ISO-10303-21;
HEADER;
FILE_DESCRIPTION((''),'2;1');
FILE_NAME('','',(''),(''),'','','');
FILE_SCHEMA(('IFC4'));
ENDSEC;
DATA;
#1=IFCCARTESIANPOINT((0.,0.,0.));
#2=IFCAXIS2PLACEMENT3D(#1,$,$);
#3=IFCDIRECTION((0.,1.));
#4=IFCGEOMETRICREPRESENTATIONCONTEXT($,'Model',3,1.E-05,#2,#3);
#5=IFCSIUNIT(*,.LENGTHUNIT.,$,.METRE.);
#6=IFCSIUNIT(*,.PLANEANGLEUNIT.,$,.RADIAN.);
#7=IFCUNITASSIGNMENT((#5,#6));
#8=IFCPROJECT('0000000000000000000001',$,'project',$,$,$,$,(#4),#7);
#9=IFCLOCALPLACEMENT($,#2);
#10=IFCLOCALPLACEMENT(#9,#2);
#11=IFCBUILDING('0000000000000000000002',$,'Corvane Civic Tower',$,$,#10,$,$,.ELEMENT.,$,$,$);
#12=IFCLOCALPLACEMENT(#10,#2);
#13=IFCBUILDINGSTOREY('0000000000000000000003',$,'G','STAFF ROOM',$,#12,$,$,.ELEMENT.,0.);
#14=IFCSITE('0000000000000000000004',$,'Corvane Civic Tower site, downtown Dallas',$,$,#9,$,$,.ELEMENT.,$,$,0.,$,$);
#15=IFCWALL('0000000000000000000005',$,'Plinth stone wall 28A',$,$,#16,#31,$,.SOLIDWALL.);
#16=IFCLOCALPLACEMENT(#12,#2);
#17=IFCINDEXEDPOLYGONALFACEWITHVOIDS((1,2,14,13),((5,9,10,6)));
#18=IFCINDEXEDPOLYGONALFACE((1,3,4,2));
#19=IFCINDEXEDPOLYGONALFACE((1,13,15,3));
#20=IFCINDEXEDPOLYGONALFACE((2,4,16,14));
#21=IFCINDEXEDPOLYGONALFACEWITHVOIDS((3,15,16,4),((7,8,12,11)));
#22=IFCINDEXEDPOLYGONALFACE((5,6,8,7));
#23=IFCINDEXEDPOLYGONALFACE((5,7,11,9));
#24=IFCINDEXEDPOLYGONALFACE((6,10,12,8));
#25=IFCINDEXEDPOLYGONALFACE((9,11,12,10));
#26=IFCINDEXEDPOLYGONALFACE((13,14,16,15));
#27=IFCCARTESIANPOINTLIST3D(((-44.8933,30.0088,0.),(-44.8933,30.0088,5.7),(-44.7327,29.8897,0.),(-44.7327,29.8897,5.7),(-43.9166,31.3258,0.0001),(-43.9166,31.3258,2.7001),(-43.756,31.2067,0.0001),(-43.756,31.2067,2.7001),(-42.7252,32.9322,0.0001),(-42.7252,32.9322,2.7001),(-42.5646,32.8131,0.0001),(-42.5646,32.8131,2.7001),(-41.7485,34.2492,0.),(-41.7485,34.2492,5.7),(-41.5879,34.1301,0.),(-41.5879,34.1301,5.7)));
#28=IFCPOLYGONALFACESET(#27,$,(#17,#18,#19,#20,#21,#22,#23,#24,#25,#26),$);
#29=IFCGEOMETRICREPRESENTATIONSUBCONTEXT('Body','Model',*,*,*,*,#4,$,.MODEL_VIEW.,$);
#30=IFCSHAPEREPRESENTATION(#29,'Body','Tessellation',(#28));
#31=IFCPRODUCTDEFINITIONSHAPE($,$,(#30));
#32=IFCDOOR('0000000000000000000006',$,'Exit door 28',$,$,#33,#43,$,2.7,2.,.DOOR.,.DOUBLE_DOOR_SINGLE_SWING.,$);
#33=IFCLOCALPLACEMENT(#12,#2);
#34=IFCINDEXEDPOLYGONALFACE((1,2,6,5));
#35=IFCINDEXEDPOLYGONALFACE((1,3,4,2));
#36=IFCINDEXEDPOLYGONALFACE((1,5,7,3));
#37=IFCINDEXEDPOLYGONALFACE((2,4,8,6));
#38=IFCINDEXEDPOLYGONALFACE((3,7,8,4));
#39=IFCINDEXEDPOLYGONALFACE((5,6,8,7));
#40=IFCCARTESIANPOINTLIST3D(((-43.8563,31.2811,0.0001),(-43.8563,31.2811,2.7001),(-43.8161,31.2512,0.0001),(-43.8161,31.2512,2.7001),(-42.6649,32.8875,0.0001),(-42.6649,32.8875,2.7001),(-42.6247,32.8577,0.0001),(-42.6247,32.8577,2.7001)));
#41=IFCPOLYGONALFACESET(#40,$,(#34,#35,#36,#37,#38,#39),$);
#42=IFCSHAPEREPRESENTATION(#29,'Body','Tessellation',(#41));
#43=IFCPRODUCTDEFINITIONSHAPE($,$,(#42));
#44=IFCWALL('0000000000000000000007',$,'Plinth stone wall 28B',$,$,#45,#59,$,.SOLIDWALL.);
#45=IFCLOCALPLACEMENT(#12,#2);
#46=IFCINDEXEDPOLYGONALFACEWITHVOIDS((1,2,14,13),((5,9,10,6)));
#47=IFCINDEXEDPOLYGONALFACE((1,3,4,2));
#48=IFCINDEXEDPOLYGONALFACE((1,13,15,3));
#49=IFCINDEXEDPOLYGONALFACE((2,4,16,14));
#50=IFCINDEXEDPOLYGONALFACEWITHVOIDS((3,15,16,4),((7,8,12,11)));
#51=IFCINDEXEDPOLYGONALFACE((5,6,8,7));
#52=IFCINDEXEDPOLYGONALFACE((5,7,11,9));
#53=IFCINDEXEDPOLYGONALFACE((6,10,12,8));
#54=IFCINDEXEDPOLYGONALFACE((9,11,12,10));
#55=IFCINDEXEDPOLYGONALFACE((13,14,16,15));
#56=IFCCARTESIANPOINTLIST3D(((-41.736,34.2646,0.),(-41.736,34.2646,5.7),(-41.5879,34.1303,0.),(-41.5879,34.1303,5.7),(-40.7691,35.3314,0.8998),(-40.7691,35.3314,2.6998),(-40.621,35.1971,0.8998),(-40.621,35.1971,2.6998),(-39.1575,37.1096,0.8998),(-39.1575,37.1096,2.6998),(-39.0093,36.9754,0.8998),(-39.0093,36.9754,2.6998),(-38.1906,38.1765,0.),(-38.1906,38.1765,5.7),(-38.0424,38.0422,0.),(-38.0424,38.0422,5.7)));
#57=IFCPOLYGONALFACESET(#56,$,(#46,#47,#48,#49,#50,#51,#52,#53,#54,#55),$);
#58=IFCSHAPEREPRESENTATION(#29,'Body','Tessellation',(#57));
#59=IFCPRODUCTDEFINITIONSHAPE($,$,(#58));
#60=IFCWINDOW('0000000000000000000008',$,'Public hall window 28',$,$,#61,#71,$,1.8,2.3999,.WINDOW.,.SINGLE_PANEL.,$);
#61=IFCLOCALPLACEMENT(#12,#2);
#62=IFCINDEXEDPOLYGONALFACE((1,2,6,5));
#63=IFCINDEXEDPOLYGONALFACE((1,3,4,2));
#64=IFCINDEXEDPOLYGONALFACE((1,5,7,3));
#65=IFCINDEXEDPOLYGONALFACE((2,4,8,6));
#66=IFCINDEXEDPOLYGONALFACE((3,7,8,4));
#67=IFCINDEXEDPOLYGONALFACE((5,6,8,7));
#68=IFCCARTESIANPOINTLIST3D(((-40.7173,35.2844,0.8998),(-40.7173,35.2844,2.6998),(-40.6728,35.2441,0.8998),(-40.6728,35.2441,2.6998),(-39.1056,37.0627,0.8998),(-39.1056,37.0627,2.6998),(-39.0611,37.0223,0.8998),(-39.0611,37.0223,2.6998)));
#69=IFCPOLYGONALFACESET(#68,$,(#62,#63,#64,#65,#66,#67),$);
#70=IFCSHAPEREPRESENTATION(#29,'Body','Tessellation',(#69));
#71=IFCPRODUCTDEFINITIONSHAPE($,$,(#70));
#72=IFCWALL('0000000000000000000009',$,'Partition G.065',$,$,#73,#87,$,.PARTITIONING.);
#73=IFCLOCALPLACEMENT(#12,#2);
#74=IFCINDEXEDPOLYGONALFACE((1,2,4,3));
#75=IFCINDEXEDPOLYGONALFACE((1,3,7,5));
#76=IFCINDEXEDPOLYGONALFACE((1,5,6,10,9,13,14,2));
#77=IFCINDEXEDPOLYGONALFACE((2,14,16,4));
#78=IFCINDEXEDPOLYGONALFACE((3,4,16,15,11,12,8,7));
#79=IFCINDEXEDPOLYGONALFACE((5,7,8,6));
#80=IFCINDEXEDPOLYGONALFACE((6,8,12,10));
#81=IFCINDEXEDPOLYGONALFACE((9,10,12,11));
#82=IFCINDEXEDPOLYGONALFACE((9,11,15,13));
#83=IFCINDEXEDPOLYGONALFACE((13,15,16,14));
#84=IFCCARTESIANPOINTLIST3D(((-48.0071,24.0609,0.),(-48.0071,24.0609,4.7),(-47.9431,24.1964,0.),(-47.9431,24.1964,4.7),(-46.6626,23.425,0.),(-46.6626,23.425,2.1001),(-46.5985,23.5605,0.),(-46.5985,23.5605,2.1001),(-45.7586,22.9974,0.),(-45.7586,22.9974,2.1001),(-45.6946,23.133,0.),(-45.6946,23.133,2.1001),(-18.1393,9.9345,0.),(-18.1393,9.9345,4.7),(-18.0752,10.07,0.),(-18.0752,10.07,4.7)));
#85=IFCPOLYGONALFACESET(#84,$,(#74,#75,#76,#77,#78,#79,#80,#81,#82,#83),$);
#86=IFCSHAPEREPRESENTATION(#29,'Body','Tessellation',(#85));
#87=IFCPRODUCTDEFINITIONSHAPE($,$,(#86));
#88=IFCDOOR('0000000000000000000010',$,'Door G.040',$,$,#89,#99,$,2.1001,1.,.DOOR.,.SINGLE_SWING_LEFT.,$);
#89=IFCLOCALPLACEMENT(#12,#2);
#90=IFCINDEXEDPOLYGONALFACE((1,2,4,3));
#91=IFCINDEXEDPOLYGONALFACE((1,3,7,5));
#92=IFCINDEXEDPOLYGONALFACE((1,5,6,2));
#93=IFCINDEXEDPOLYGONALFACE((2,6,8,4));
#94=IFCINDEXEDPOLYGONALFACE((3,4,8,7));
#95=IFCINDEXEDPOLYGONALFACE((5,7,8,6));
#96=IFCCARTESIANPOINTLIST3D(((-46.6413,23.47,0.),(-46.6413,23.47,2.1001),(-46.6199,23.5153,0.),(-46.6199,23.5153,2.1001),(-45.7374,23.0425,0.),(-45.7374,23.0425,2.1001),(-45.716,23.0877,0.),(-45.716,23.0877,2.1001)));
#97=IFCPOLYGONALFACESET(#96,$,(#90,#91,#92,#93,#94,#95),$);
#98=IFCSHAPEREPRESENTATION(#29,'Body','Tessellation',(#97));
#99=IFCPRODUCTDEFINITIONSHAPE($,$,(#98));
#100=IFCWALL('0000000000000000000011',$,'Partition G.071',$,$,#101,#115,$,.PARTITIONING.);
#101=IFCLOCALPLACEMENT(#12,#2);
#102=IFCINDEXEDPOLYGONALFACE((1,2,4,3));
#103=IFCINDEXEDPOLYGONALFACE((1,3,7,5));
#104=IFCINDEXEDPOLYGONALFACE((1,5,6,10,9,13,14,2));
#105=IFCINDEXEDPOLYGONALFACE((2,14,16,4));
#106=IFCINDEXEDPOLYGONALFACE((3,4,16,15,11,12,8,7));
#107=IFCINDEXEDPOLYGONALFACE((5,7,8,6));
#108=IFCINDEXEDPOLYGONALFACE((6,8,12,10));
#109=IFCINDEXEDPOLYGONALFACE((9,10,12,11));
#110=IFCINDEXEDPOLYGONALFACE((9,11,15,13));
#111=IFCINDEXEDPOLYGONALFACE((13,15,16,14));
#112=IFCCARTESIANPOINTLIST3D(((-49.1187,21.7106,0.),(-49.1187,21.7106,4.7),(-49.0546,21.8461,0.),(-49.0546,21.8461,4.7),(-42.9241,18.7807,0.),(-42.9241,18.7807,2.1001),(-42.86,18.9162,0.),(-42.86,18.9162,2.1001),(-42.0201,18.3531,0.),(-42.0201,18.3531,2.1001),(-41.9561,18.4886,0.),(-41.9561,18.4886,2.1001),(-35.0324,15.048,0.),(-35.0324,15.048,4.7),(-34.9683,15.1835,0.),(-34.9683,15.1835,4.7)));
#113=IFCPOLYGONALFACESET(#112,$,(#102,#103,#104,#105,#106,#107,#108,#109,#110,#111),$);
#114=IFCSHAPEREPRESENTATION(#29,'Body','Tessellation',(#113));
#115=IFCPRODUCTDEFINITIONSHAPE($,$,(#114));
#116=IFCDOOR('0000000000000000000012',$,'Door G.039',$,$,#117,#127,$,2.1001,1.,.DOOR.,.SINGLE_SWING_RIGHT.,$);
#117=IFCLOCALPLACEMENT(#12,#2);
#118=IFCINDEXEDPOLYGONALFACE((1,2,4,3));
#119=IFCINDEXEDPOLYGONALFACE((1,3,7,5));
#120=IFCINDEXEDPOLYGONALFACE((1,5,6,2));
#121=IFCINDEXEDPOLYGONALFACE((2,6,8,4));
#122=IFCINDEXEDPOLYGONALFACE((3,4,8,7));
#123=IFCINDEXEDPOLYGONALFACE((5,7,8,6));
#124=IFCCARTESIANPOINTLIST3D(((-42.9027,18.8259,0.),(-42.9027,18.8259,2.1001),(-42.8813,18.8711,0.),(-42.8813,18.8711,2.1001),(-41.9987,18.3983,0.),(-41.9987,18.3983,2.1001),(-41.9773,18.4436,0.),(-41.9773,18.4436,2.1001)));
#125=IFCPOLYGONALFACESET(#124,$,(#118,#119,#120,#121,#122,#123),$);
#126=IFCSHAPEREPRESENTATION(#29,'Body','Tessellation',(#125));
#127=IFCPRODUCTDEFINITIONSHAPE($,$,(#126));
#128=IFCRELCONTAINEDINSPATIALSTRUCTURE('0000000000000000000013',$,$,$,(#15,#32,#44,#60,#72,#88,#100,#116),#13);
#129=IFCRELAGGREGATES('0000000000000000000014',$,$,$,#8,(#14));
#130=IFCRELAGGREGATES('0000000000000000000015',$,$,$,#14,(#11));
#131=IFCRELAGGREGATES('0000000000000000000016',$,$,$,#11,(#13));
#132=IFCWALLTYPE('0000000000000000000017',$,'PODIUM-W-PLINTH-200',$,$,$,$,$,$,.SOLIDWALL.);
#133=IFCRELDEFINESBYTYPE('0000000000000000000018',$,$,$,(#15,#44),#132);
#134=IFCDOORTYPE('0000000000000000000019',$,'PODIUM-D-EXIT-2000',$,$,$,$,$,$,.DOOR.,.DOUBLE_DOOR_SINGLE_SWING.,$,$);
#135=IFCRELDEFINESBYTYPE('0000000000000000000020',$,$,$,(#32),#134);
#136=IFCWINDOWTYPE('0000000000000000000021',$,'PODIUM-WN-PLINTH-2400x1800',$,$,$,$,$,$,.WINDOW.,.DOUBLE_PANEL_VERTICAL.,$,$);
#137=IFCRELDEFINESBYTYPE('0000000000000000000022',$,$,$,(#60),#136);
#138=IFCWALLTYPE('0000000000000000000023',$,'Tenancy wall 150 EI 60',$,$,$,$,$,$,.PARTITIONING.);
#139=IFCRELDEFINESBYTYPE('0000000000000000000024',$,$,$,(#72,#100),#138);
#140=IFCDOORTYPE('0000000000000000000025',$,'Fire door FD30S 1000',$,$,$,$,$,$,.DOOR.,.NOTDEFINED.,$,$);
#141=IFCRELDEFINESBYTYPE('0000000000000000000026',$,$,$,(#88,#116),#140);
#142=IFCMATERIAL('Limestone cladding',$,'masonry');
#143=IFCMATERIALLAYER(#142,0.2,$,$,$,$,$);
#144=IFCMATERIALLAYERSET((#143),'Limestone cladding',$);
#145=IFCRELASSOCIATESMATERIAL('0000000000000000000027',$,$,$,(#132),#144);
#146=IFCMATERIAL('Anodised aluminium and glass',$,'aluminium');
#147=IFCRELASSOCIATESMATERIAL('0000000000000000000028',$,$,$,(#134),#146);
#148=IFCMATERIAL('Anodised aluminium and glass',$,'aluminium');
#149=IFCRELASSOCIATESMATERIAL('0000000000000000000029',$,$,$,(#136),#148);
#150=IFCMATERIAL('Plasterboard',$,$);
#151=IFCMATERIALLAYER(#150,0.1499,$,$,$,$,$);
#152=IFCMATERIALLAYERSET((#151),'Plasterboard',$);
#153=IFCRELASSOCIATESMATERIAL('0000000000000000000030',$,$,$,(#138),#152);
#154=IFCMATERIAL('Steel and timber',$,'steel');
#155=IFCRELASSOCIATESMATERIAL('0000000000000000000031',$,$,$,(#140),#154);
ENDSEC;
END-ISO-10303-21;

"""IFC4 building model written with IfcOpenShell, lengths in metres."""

from ifc_helpers import new_model, si_unit, direction, frame, frame_2d, origin, place, context, subcontext, project, spatial, rectangle, extrude, material, layer, layer_set, type_object, element, fill, save


model = new_model("IFC4")

# Units and contexts
model_context = context("Model", 3, precision=1e-05, world=origin(), true_north=direction((0.0, 1.0)))
body_context = subcontext(model_context, "Body", "Model", "MODEL_VIEW")
ifc_project = project(units=[si_unit("LENGTHUNIT", "METRE"), si_unit("PLANEANGLEUNIT", "RADIAN")], contexts=[model_context])

# Site, building, storey
site_placement = place(None, origin())
site = spatial("IfcSite", under=ifc_project, at=site_placement, Name="Corvane Civic Tower site, downtown Dallas", CompositionType="ELEMENT", RefElevation=0.0)
building_placement = place(site_placement, origin())
building = spatial("IfcBuilding", under=site, at=building_placement, Name="Corvane Civic Tower", CompositionType="ELEMENT")
storey_placement = place(building_placement, origin())
storey = spatial("IfcBuildingStorey", under=building, at=storey_placement, Name="G", Description="STAFF ROOM", CompositionType="ELEMENT", Elevation=0.0)

# Shared definitions
ifc_material_1 = material(Name="Limestone cladding", Category="masonry")
ifc_layer_1 = layer(ifc_material_1, 0.2)
ifc_layer_set_1 = layer_set([ifc_layer_1], Name="Limestone cladding")
wall_type_1 = type_object("IfcWallType", Name="PODIUM-W-PLINTH-200", PredefinedType="SOLIDWALL", material=ifc_layer_set_1)
ifc_material_2 = material(Name="Anodised aluminium and glass", Category="aluminium")
door_type_1 = type_object("IfcDoorType", Name="PODIUM-D-EXIT-2000", OperationType="DOUBLE_DOOR_SINGLE_SWING", PredefinedType="DOOR", material=ifc_material_2)

# Shared definitions
ifc_material_3 = material(Name="Anodised aluminium and glass", Category="aluminium")
window_type = type_object("IfcWindowType", Name="PODIUM-WN-PLINTH-2400x1800", PartitioningType="DOUBLE_PANEL_VERTICAL", PredefinedType="WINDOW", material=ifc_material_3)

# Wall, opening, door
wall_1_placement = place(storey_placement, frame((-44.813, 29.9492, 0.0), z_axis=(0.0, 0.0, 1.0), x_axis=(0.595678, 0.803224, 0.0)))
wall_1 = element("IfcWall", 1, at=wall_1_placement, inside=storey, type_object=wall_type_1, Name="Plinth stone wall 28A", PredefinedType="SOLIDWALL", context=body_context, shape_type="SweptSolid", body=[
    extrude(rectangle(XDim=5.2793, YDim=0.2, at=frame_2d((2.6396, 0.0))), origin(), (0.0, 0.0, 1.0), 5.7),
])
opening_1_placement = place(wall_1_placement, frame((1.6396, 0.0, 0.0)))
opening_1 = element("IfcOpeningElement", 2, at=opening_1_placement, cuts=wall_1, PredefinedType="OPENING", context=body_context, shape_type="SweptSolid", body=[
    extrude(rectangle(XDim=2.0, YDim=2.7, at=frame_2d((1.0, 1.3501))), frame((0.0, 0.1099, 0.0), z_axis=(0.0, -1.0, 0.0), x_axis=(1.0, 0.0, 0.0)), (0.0, 0.0, 1.0), 0.22),
])
door_1_placement = place(opening_1_placement, origin())
door_1 = element("IfcDoor", 3, at=door_1_placement, inside=storey, type_object=door_type_1, Name="Exit door 28", OperationType="DOUBLE_DOOR_SINGLE_SWING", OverallHeight=2.7, OverallWidth=2.0, PredefinedType="DOOR", context=body_context, shape_type="SweptSolid", body=[
    extrude(rectangle(XDim=2.0, YDim=2.7, at=frame_2d((1.0, 1.3501))), frame((0.0, 0.0249, 0.0), z_axis=(0.0, -1.0, 0.0), x_axis=(1.0, 0.0, 0.0)), (0.0, 0.0, 1.0), 0.05),
])
fill(opening_1, door_1)

# Wall, opening, window
wall_2_placement = place(storey_placement, frame((-41.6619, 34.1975, 0.0), z_axis=(0.0, 0.0, 1.0), x_axis=(0.671549, 0.74096, 0.0)))
wall_2 = element("IfcWall", 4, at=wall_2_placement, inside=storey, type_object=wall_type_1, Name="Plinth stone wall 28B", PredefinedType="SOLIDWALL", context=body_context, shape_type="SweptSolid", body=[
    extrude(rectangle(XDim=5.2795, YDim=0.2, at=frame_2d((2.6396, 0.0))), origin(), (0.0, 0.0, 1.0), 5.7),
])
opening_2_placement = place(wall_2_placement, frame((1.4397, 0.0, 0.8999)))
opening_2 = element("IfcOpeningElement", 5, at=opening_2_placement, cuts=wall_2, PredefinedType="OPENING", context=body_context, shape_type="SweptSolid", body=[
    extrude(rectangle(XDim=2.3999, YDim=1.8, at=frame_2d((1.2, 0.8999))), frame((0.0, 0.1099, 0.0), z_axis=(0.0, -1.0, 0.0), x_axis=(1.0, 0.0, 0.0)), (0.0, 0.0, 1.0), 0.22),
])
window_1_placement = place(opening_2_placement, origin())
window_1 = element("IfcWindow", 6, at=window_1_placement, inside=storey, type_object=window_type, Name="Public hall window 28", OverallHeight=1.8, OverallWidth=2.3999, PartitioningType="SINGLE_PANEL", PredefinedType="WINDOW", context=body_context, shape_type="SweptSolid", body=[
    extrude(rectangle(XDim=2.3999, YDim=1.8, at=frame_2d((1.2, 0.8999))), frame((0.0, 0.03, 0.0), z_axis=(0.0, -1.0, 0.0), x_axis=(1.0, 0.0, 0.0)), (0.0, 0.0, 1.0), 0.0601),
])
fill(opening_2, window_1)

# Walls, openings, doors
ifc_material_4 = material(Name="Plasterboard")
ifc_layer_2 = layer(ifc_material_4, 0.1499)
ifc_layer_set_2 = layer_set([ifc_layer_2], Name="Plasterboard")
wall_type_2 = type_object("IfcWallType", Name="Tenancy wall 150 EI 60", PredefinedType="PARTITIONING", material=ifc_layer_set_2)
wall_3_placement = place(storey_placement, frame((-47.9751, 24.1287, 0.0), z_axis=(0.0, 0.0, 1.0), x_axis=(0.903989, -0.427555, 0.0)))
wall_3 = element("IfcWall", 7, at=wall_3_placement, inside=storey, type_object=wall_type_2, Name="Partition G.065", PredefinedType="PARTITIONING", context=body_context, shape_type="SweptSolid", body=[
    extrude(rectangle(XDim=33.04, YDim=0.1499, at=frame_2d((16.52, 0.0))), origin(), (0.0, 0.0, 1.0), 4.7),
])
opening_3_placement = place(wall_3_placement, frame((1.4873, 0.0, 0.0)))
opening_3 = element("IfcOpeningElement", 8, at=opening_3_placement, cuts=wall_3, PredefinedType="OPENING", context=body_context, shape_type="SweptSolid", body=[
    extrude(rectangle(XDim=1.0, YDim=2.1001, at=frame_2d((0.5, 1.05))), frame((0.0, 0.085, 0.0), z_axis=(0.0, -1.0, 0.0), x_axis=(1.0, 0.0, 0.0)), (0.0, 0.0, 1.0), 0.1699),
])
ifc_material_5 = material(Name="Steel and timber", Category="steel")
door_type_2 = type_object("IfcDoorType", Name="Fire door FD30S 1000", OperationType="NOTDEFINED", PredefinedType="DOOR", material=ifc_material_5)
door_2_placement = place(opening_3_placement, origin())
door_2 = element("IfcDoor", 9, at=door_2_placement, inside=storey, type_object=door_type_2, Name="Door G.040", OperationType="SINGLE_SWING_LEFT", OverallHeight=2.1001, OverallWidth=1.0, PredefinedType="DOOR", context=body_context, shape_type="SweptSolid", body=[
    extrude(rectangle(XDim=1.0, YDim=2.1001, at=frame_2d((0.5, 1.05))), frame((0.0, 0.0249, 0.0), z_axis=(0.0, -1.0, 0.0), x_axis=(1.0, 0.0, 0.0)), (0.0, 0.0, 1.0), 0.05),
])
fill(opening_3, door_2)
wall_4_placement = place(storey_placement, frame((-49.0867, 21.7783, 0.0), z_axis=(0.0, 0.0, 1.0), x_axis=(0.903984, -0.427566, 0.0)))
wall_4 = element("IfcWall", 10, at=wall_4_placement, inside=storey, type_object=wall_type_2, Name="Partition G.071", PredefinedType="PARTITIONING", context=body_context, shape_type="SweptSolid", body=[
    extrude(rectangle(XDim=15.5825, YDim=0.1499, at=frame_2d((7.7913, 0.0))), origin(), (0.0, 0.0, 1.0), 4.7),
])
opening_4_placement = place(wall_4_placement, frame((6.8525, 0.0, 0.0)))
opening_4 = element("IfcOpeningElement", 11, at=opening_4_placement, cuts=wall_4, PredefinedType="OPENING", context=body_context, shape_type="SweptSolid", body=[
    extrude(rectangle(XDim=1.0, YDim=2.1001, at=frame_2d((0.5, 1.05))), frame((0.0, 0.085, 0.0), z_axis=(0.0, -1.0, 0.0), x_axis=(1.0, 0.0, 0.0)), (0.0, 0.0, 1.0), 0.1699),
])
door_3_placement = place(opening_4_placement, frame((1.0, 0.0, 0.0), z_axis=(0.0, 0.0, 1.0), x_axis=(-1.0, 0.0, 0.0)))
door_3 = element("IfcDoor", 12, at=door_3_placement, inside=storey, type_object=door_type_2, Name="Door G.039", OperationType="SINGLE_SWING_RIGHT", OverallHeight=2.1001, OverallWidth=1.0, PredefinedType="DOOR", context=body_context, shape_type="SweptSolid", body=[
    extrude(rectangle(XDim=1.0, YDim=2.1001, at=frame_2d((0.5, 1.05))), frame((0.0, 0.0249, 0.0), z_axis=(0.0, -1.0, 0.0), x_axis=(1.0, 0.0, 0.0)), (0.0, 0.0, 1.0), 0.05),
])
fill(opening_4, door_3)

save(model, "model.ifc")
